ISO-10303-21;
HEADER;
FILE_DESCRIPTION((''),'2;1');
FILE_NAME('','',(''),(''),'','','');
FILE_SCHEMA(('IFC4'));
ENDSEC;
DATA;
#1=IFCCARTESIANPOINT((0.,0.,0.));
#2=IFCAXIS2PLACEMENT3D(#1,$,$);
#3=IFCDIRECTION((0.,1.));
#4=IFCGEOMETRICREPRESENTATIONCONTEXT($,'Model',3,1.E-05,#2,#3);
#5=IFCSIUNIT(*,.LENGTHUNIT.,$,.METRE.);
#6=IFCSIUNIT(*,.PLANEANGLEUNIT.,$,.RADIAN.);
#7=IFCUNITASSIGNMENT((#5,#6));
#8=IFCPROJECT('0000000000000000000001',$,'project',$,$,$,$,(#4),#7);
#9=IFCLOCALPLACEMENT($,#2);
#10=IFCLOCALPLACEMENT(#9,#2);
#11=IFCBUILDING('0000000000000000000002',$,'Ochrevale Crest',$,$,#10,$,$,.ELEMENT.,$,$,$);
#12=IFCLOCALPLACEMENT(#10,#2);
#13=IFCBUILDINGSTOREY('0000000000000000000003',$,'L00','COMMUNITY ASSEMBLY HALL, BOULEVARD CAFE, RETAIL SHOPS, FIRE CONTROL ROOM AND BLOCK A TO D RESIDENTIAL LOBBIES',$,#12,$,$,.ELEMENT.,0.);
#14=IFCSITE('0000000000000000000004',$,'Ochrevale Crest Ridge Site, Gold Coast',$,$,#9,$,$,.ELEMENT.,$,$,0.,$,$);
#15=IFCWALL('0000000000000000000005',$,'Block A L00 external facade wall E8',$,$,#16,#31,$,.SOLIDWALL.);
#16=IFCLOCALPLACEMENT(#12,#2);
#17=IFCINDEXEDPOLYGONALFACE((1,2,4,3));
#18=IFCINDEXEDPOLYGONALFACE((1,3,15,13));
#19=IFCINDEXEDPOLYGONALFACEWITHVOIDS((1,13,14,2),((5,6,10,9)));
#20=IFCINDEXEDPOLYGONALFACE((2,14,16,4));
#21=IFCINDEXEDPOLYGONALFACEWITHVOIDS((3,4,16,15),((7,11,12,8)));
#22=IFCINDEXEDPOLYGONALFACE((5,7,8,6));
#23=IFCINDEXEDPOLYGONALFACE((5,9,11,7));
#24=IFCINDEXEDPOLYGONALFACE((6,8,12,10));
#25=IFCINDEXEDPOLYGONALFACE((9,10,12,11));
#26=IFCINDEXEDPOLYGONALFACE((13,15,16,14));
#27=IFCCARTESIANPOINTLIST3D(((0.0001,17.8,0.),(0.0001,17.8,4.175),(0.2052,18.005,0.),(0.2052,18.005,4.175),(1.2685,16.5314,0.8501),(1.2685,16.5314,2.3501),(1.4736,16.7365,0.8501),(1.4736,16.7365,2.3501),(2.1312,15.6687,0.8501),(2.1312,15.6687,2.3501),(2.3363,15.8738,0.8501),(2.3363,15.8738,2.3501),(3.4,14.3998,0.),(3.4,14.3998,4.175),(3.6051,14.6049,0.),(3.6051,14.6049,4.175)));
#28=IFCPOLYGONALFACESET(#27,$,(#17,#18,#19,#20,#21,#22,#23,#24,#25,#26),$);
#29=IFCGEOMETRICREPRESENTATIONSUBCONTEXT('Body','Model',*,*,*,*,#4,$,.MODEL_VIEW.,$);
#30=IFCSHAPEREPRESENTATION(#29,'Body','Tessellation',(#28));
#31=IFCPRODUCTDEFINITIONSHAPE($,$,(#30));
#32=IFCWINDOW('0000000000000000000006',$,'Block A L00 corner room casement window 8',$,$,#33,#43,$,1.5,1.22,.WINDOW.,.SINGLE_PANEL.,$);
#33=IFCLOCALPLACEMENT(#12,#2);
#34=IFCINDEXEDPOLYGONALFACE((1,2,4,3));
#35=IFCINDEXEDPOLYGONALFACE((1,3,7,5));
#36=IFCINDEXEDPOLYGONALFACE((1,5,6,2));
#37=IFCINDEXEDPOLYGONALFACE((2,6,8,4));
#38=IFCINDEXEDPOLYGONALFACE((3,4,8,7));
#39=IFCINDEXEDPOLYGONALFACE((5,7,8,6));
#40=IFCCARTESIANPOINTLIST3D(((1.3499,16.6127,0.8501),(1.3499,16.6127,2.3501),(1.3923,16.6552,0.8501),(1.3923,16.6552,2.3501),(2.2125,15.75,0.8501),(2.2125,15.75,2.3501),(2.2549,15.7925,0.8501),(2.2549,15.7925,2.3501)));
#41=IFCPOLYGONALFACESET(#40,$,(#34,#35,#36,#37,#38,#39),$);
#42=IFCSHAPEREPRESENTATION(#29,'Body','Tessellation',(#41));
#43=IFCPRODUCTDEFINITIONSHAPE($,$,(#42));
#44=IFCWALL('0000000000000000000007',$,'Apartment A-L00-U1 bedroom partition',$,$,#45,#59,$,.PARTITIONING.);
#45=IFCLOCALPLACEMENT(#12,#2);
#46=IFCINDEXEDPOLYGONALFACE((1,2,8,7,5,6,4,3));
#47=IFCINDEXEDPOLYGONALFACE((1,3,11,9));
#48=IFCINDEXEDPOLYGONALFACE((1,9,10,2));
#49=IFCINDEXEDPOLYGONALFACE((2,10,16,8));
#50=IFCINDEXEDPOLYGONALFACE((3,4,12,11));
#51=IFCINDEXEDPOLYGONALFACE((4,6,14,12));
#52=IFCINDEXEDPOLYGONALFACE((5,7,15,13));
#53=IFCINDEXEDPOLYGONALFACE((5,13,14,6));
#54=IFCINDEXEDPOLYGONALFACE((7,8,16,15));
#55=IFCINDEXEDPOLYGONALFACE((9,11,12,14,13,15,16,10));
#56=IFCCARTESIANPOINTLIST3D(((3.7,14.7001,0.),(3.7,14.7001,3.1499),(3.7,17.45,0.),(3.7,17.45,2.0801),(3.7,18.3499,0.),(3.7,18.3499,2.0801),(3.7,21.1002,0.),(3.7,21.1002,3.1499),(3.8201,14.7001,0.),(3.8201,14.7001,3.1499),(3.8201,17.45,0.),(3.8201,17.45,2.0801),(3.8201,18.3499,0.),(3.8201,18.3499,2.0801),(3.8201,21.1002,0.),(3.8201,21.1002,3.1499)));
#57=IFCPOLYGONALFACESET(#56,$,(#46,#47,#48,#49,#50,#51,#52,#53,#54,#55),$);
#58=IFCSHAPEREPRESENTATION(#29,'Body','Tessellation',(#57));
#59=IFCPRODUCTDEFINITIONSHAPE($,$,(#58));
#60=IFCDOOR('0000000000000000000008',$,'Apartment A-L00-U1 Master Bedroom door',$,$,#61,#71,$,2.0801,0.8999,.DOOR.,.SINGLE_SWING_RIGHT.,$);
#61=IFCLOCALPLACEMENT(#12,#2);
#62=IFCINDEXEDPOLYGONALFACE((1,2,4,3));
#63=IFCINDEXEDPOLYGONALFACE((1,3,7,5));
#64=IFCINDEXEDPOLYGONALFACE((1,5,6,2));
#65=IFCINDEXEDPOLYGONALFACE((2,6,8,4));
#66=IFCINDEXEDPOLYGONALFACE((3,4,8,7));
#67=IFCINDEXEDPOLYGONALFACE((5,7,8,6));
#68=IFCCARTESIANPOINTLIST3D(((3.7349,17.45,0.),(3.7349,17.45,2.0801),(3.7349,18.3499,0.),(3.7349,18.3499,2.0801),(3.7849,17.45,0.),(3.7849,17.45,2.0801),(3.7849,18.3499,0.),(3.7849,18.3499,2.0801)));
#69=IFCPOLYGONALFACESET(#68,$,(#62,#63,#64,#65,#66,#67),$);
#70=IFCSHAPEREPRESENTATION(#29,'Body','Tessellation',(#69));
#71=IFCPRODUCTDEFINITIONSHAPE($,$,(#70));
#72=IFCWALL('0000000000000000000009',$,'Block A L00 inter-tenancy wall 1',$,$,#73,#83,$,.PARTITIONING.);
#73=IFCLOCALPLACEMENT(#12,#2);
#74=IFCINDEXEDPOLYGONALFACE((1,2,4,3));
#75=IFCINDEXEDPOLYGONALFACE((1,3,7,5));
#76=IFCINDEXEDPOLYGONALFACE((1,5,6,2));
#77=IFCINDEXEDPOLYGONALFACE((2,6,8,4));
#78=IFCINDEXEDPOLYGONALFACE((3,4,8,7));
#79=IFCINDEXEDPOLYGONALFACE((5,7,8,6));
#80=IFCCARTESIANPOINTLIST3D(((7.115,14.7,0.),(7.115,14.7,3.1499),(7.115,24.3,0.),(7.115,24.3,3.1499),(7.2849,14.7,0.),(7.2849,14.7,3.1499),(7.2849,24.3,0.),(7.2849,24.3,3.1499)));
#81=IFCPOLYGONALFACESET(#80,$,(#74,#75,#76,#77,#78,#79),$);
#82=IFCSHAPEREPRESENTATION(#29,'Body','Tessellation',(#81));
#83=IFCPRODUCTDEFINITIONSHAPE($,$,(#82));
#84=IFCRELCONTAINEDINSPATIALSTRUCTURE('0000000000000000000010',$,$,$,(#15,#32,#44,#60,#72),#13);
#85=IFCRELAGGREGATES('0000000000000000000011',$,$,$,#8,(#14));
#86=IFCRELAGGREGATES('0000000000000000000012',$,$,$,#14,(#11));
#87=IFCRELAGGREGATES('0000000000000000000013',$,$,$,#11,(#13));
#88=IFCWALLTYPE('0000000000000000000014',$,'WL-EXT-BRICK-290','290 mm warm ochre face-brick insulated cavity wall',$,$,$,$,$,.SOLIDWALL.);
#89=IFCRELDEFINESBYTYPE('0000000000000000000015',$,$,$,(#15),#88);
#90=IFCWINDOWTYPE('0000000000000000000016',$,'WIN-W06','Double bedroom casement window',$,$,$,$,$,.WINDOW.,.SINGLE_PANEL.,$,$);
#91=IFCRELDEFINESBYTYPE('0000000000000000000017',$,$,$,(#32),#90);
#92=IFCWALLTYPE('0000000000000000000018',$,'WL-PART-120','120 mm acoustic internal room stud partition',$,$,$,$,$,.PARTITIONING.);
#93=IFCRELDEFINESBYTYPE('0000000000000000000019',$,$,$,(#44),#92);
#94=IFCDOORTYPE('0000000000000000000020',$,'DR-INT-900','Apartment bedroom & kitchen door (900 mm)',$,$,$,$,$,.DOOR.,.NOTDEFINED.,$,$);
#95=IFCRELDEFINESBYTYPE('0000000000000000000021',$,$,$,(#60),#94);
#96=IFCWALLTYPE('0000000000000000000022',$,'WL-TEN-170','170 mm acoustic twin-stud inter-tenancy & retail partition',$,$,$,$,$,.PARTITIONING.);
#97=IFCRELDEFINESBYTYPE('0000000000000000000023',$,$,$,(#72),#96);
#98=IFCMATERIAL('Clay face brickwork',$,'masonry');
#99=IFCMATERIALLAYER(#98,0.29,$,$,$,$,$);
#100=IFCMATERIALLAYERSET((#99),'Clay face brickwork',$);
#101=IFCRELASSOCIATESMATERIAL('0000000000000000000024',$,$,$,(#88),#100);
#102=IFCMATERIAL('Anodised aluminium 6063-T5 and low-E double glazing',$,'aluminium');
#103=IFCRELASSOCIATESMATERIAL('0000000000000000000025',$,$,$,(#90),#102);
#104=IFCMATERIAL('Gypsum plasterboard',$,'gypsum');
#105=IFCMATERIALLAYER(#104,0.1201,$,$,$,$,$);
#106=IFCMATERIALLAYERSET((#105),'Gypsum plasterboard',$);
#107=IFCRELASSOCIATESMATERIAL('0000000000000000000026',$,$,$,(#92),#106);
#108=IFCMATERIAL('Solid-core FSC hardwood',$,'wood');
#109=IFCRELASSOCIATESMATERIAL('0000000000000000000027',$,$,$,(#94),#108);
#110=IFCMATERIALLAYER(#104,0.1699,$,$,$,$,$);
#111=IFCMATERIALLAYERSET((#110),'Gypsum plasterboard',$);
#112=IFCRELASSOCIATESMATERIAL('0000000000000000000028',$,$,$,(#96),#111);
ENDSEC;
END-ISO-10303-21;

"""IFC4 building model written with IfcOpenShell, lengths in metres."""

from ifc_helpers import new_model, si_unit, direction, frame, frame_2d, origin, place, context, subcontext, project, spatial, rectangle, extrude, material, layer, layer_set, type_object, element, fill, save


model = new_model("IFC4")

# Units and contexts
model_context = context("Model", 3, precision=1e-05, world=origin(), true_north=direction((0.0, 1.0)))
body_context = subcontext(model_context, "Body", "Model", "MODEL_VIEW")
ifc_project = project(units=[si_unit("LENGTHUNIT", "METRE"), si_unit("PLANEANGLEUNIT", "RADIAN")], contexts=[model_context])

# Site, building, storey
site_placement = place(None, origin())
site = spatial("IfcSite", under=ifc_project, at=site_placement, Name="Ochrevale Crest Ridge Site, Gold Coast", CompositionType="ELEMENT", RefElevation=0.0)
building_placement = place(site_placement, origin())
building = spatial("IfcBuilding", under=site, at=building_placement, Name="Ochrevale Crest", CompositionType="ELEMENT")
storey_placement = place(building_placement, origin())
storey = spatial("IfcBuildingStorey", under=building, at=storey_placement, Name="L00", Description="COMMUNITY ASSEMBLY HALL, BOULEVARD CAFE, RETAIL SHOPS, FIRE CONTROL ROOM AND BLOCK A TO D RESIDENTIAL LOBBIES", CompositionType="ELEMENT", Elevation=0.0)

# Shared definitions
ifc_material_1 = material(Name="Clay face brickwork", Category="masonry")
ifc_layer_1 = layer(ifc_material_1, 0.29)
ifc_layer_set_1 = layer_set([ifc_layer_1], Name="Clay face brickwork")
wall_type_1 = type_object("IfcWallType", Name="WL-EXT-BRICK-290", Description="290 mm warm ochre face-brick insulated cavity wall", PredefinedType="SOLIDWALL", material=ifc_layer_set_1)
ifc_material_2 = material(Name="Anodised aluminium 6063-T5 and low-E double glazing", Category="aluminium")

# Wall, opening, window
wall_1_placement = place(storey_placement, frame((0.1025, 17.9026, 0.0), z_axis=(0.0, 0.0, 1.0), x_axis=(0.707081, -0.707132, 0.0)))
wall_1 = element("IfcWall", 1, at=wall_1_placement, inside=storey, type_object=wall_type_1, Name="Block A L00 external facade wall E8", PredefinedType="SOLIDWALL", context=body_context, shape_type="SweptSolid", body=[
    extrude(rectangle(XDim=4.8083, YDim=0.29, at=frame_2d((2.4043, 0.0))), origin(), (0.0, 0.0, 1.0), 4.175),
])
opening_1_placement = place(wall_1_placement, frame((1.7942, 0.0, 0.8501)))
opening_1 = element("IfcOpeningElement", 2, at=opening_1_placement, cuts=wall_1, PredefinedType="OPENING", context=body_context, shape_type="SweptSolid", body=[
    extrude(rectangle(XDim=1.22, YDim=1.5, at=frame_2d((0.6099, 0.75))), frame((0.0, 0.155, 0.0), z_axis=(0.0, -1.0, 0.0), x_axis=(1.0, 0.0, 0.0)), (0.0, 0.0, 1.0), 0.3101),
])
window_type_1 = type_object("IfcWindowType", Name="WIN-W06", Description="Double bedroom casement window", PartitioningType="SINGLE_PANEL", PredefinedType="WINDOW", material=ifc_material_2)
window_1_placement = place(opening_1_placement, origin())
window_1 = element("IfcWindow", 3, at=window_1_placement, inside=storey, type_object=window_type_1, Name="Block A L00 corner room casement window 8", OverallHeight=1.5, OverallWidth=1.22, PartitioningType="SINGLE_PANEL", PredefinedType="WINDOW", context=body_context, shape_type="SweptSolid", body=[
    extrude(rectangle(XDim=1.22, YDim=1.5, at=frame_2d((0.6099, 0.75))), frame((0.0, 0.03, 0.0), z_axis=(0.0, -1.0, 0.0), x_axis=(1.0, 0.0, 0.0)), (0.0, 0.0, 1.0), 0.0601),
])
fill(opening_1, window_1)

# Wall, opening, door
ifc_material_3 = material(Name="Gypsum plasterboard", Category="gypsum")
ifc_layer_2 = layer(ifc_material_3, 0.1201)
ifc_layer_set_2 = layer_set([ifc_layer_2], Name="Gypsum plasterboard")
wall_type_2 = type_object("IfcWallType", Name="WL-PART-120", Description="120 mm acoustic internal room stud partition", PredefinedType="PARTITIONING", material=ifc_layer_set_2)
wall_2_placement = place(storey_placement, frame((3.76, 14.7, 0.0), z_axis=(0.0, 0.0, 1.0), x_axis=(0.0, 1.0, 0.0)))
wall_2 = element("IfcWall", 4, at=wall_2_placement, inside=storey, type_object=wall_type_2, Name="Apartment A-L00-U1 bedroom partition", PredefinedType="PARTITIONING", context=body_context, shape_type="SweptSolid", body=[
    extrude(rectangle(XDim=6.4001, YDim=0.1201, at=frame_2d((3.2002, 0.0))), origin(), (0.0, 0.0, 1.0), 3.1499),
])
opening_2_placement = place(wall_2_placement, frame((3.6499, 0.0, 0.0), z_axis=(0.0, 0.0, 1.0), x_axis=(-1.0, 0.0, 0.0)))
opening_2 = element("IfcOpeningElement", 5, at=opening_2_placement, cuts=wall_2, PredefinedType="OPENING", context=body_context, shape_type="SweptSolid", body=[
    extrude(rectangle(XDim=0.8999, YDim=2.0801, at=frame_2d((0.45, 1.04))), frame((0.0, 0.0701, 0.0), z_axis=(0.0, -1.0, 0.0), x_axis=(1.0, 0.0, 0.0)), (0.0, 0.0, 1.0), 0.1401),
])
ifc_material_4 = material(Name="Solid-core FSC hardwood", Category="wood")
door_type_1 = type_object("IfcDoorType", Name="DR-INT-900", Description="Apartment bedroom & kitchen door (900 mm)", OperationType="NOTDEFINED", PredefinedType="DOOR", material=ifc_material_4)
door_1_placement = place(opening_2_placement, origin())
door_1 = element("IfcDoor", 6, at=door_1_placement, inside=storey, type_object=door_type_1, Name="Apartment A-L00-U1 Master Bedroom door", OperationType="SINGLE_SWING_RIGHT", OverallHeight=2.0801, OverallWidth=0.8999, PredefinedType="DOOR", context=body_context, shape_type="SweptSolid", body=[
    extrude(rectangle(XDim=0.8999, YDim=2.0801, at=frame_2d((0.45, 1.04))), frame((0.0, 0.0249, 0.0), z_axis=(0.0, -1.0, 0.0), x_axis=(1.0, 0.0, 0.0)), (0.0, 0.0, 1.0), 0.05),
])
fill(opening_2, door_1)

# Wall
ifc_layer_3 = layer(ifc_material_3, 0.1699)
ifc_layer_set_3 = layer_set([ifc_layer_3], Name="Gypsum plasterboard")
wall_type_3 = type_object("IfcWallType", Name="WL-TEN-170", Description="170 mm acoustic twin-stud inter-tenancy & retail partition", PredefinedType="PARTITIONING", material=ifc_layer_set_3)
wall_3_placement = place(storey_placement, frame((7.2, 14.7, 0.0), z_axis=(0.0, 0.0, 1.0), x_axis=(0.0, 1.0, 0.0)))
element("IfcWall", 7, at=wall_3_placement, inside=storey, type_object=wall_type_3, Name="Block A L00 inter-tenancy wall 1", PredefinedType="PARTITIONING", context=body_context, shape_type="SweptSolid", body=[
    extrude(rectangle(XDim=9.6001, YDim=0.1699, at=frame_2d((4.8, 0.0))), origin(), (0.0, 0.0, 1.0), 3.1499),
])

save(model, "model.ifc")
